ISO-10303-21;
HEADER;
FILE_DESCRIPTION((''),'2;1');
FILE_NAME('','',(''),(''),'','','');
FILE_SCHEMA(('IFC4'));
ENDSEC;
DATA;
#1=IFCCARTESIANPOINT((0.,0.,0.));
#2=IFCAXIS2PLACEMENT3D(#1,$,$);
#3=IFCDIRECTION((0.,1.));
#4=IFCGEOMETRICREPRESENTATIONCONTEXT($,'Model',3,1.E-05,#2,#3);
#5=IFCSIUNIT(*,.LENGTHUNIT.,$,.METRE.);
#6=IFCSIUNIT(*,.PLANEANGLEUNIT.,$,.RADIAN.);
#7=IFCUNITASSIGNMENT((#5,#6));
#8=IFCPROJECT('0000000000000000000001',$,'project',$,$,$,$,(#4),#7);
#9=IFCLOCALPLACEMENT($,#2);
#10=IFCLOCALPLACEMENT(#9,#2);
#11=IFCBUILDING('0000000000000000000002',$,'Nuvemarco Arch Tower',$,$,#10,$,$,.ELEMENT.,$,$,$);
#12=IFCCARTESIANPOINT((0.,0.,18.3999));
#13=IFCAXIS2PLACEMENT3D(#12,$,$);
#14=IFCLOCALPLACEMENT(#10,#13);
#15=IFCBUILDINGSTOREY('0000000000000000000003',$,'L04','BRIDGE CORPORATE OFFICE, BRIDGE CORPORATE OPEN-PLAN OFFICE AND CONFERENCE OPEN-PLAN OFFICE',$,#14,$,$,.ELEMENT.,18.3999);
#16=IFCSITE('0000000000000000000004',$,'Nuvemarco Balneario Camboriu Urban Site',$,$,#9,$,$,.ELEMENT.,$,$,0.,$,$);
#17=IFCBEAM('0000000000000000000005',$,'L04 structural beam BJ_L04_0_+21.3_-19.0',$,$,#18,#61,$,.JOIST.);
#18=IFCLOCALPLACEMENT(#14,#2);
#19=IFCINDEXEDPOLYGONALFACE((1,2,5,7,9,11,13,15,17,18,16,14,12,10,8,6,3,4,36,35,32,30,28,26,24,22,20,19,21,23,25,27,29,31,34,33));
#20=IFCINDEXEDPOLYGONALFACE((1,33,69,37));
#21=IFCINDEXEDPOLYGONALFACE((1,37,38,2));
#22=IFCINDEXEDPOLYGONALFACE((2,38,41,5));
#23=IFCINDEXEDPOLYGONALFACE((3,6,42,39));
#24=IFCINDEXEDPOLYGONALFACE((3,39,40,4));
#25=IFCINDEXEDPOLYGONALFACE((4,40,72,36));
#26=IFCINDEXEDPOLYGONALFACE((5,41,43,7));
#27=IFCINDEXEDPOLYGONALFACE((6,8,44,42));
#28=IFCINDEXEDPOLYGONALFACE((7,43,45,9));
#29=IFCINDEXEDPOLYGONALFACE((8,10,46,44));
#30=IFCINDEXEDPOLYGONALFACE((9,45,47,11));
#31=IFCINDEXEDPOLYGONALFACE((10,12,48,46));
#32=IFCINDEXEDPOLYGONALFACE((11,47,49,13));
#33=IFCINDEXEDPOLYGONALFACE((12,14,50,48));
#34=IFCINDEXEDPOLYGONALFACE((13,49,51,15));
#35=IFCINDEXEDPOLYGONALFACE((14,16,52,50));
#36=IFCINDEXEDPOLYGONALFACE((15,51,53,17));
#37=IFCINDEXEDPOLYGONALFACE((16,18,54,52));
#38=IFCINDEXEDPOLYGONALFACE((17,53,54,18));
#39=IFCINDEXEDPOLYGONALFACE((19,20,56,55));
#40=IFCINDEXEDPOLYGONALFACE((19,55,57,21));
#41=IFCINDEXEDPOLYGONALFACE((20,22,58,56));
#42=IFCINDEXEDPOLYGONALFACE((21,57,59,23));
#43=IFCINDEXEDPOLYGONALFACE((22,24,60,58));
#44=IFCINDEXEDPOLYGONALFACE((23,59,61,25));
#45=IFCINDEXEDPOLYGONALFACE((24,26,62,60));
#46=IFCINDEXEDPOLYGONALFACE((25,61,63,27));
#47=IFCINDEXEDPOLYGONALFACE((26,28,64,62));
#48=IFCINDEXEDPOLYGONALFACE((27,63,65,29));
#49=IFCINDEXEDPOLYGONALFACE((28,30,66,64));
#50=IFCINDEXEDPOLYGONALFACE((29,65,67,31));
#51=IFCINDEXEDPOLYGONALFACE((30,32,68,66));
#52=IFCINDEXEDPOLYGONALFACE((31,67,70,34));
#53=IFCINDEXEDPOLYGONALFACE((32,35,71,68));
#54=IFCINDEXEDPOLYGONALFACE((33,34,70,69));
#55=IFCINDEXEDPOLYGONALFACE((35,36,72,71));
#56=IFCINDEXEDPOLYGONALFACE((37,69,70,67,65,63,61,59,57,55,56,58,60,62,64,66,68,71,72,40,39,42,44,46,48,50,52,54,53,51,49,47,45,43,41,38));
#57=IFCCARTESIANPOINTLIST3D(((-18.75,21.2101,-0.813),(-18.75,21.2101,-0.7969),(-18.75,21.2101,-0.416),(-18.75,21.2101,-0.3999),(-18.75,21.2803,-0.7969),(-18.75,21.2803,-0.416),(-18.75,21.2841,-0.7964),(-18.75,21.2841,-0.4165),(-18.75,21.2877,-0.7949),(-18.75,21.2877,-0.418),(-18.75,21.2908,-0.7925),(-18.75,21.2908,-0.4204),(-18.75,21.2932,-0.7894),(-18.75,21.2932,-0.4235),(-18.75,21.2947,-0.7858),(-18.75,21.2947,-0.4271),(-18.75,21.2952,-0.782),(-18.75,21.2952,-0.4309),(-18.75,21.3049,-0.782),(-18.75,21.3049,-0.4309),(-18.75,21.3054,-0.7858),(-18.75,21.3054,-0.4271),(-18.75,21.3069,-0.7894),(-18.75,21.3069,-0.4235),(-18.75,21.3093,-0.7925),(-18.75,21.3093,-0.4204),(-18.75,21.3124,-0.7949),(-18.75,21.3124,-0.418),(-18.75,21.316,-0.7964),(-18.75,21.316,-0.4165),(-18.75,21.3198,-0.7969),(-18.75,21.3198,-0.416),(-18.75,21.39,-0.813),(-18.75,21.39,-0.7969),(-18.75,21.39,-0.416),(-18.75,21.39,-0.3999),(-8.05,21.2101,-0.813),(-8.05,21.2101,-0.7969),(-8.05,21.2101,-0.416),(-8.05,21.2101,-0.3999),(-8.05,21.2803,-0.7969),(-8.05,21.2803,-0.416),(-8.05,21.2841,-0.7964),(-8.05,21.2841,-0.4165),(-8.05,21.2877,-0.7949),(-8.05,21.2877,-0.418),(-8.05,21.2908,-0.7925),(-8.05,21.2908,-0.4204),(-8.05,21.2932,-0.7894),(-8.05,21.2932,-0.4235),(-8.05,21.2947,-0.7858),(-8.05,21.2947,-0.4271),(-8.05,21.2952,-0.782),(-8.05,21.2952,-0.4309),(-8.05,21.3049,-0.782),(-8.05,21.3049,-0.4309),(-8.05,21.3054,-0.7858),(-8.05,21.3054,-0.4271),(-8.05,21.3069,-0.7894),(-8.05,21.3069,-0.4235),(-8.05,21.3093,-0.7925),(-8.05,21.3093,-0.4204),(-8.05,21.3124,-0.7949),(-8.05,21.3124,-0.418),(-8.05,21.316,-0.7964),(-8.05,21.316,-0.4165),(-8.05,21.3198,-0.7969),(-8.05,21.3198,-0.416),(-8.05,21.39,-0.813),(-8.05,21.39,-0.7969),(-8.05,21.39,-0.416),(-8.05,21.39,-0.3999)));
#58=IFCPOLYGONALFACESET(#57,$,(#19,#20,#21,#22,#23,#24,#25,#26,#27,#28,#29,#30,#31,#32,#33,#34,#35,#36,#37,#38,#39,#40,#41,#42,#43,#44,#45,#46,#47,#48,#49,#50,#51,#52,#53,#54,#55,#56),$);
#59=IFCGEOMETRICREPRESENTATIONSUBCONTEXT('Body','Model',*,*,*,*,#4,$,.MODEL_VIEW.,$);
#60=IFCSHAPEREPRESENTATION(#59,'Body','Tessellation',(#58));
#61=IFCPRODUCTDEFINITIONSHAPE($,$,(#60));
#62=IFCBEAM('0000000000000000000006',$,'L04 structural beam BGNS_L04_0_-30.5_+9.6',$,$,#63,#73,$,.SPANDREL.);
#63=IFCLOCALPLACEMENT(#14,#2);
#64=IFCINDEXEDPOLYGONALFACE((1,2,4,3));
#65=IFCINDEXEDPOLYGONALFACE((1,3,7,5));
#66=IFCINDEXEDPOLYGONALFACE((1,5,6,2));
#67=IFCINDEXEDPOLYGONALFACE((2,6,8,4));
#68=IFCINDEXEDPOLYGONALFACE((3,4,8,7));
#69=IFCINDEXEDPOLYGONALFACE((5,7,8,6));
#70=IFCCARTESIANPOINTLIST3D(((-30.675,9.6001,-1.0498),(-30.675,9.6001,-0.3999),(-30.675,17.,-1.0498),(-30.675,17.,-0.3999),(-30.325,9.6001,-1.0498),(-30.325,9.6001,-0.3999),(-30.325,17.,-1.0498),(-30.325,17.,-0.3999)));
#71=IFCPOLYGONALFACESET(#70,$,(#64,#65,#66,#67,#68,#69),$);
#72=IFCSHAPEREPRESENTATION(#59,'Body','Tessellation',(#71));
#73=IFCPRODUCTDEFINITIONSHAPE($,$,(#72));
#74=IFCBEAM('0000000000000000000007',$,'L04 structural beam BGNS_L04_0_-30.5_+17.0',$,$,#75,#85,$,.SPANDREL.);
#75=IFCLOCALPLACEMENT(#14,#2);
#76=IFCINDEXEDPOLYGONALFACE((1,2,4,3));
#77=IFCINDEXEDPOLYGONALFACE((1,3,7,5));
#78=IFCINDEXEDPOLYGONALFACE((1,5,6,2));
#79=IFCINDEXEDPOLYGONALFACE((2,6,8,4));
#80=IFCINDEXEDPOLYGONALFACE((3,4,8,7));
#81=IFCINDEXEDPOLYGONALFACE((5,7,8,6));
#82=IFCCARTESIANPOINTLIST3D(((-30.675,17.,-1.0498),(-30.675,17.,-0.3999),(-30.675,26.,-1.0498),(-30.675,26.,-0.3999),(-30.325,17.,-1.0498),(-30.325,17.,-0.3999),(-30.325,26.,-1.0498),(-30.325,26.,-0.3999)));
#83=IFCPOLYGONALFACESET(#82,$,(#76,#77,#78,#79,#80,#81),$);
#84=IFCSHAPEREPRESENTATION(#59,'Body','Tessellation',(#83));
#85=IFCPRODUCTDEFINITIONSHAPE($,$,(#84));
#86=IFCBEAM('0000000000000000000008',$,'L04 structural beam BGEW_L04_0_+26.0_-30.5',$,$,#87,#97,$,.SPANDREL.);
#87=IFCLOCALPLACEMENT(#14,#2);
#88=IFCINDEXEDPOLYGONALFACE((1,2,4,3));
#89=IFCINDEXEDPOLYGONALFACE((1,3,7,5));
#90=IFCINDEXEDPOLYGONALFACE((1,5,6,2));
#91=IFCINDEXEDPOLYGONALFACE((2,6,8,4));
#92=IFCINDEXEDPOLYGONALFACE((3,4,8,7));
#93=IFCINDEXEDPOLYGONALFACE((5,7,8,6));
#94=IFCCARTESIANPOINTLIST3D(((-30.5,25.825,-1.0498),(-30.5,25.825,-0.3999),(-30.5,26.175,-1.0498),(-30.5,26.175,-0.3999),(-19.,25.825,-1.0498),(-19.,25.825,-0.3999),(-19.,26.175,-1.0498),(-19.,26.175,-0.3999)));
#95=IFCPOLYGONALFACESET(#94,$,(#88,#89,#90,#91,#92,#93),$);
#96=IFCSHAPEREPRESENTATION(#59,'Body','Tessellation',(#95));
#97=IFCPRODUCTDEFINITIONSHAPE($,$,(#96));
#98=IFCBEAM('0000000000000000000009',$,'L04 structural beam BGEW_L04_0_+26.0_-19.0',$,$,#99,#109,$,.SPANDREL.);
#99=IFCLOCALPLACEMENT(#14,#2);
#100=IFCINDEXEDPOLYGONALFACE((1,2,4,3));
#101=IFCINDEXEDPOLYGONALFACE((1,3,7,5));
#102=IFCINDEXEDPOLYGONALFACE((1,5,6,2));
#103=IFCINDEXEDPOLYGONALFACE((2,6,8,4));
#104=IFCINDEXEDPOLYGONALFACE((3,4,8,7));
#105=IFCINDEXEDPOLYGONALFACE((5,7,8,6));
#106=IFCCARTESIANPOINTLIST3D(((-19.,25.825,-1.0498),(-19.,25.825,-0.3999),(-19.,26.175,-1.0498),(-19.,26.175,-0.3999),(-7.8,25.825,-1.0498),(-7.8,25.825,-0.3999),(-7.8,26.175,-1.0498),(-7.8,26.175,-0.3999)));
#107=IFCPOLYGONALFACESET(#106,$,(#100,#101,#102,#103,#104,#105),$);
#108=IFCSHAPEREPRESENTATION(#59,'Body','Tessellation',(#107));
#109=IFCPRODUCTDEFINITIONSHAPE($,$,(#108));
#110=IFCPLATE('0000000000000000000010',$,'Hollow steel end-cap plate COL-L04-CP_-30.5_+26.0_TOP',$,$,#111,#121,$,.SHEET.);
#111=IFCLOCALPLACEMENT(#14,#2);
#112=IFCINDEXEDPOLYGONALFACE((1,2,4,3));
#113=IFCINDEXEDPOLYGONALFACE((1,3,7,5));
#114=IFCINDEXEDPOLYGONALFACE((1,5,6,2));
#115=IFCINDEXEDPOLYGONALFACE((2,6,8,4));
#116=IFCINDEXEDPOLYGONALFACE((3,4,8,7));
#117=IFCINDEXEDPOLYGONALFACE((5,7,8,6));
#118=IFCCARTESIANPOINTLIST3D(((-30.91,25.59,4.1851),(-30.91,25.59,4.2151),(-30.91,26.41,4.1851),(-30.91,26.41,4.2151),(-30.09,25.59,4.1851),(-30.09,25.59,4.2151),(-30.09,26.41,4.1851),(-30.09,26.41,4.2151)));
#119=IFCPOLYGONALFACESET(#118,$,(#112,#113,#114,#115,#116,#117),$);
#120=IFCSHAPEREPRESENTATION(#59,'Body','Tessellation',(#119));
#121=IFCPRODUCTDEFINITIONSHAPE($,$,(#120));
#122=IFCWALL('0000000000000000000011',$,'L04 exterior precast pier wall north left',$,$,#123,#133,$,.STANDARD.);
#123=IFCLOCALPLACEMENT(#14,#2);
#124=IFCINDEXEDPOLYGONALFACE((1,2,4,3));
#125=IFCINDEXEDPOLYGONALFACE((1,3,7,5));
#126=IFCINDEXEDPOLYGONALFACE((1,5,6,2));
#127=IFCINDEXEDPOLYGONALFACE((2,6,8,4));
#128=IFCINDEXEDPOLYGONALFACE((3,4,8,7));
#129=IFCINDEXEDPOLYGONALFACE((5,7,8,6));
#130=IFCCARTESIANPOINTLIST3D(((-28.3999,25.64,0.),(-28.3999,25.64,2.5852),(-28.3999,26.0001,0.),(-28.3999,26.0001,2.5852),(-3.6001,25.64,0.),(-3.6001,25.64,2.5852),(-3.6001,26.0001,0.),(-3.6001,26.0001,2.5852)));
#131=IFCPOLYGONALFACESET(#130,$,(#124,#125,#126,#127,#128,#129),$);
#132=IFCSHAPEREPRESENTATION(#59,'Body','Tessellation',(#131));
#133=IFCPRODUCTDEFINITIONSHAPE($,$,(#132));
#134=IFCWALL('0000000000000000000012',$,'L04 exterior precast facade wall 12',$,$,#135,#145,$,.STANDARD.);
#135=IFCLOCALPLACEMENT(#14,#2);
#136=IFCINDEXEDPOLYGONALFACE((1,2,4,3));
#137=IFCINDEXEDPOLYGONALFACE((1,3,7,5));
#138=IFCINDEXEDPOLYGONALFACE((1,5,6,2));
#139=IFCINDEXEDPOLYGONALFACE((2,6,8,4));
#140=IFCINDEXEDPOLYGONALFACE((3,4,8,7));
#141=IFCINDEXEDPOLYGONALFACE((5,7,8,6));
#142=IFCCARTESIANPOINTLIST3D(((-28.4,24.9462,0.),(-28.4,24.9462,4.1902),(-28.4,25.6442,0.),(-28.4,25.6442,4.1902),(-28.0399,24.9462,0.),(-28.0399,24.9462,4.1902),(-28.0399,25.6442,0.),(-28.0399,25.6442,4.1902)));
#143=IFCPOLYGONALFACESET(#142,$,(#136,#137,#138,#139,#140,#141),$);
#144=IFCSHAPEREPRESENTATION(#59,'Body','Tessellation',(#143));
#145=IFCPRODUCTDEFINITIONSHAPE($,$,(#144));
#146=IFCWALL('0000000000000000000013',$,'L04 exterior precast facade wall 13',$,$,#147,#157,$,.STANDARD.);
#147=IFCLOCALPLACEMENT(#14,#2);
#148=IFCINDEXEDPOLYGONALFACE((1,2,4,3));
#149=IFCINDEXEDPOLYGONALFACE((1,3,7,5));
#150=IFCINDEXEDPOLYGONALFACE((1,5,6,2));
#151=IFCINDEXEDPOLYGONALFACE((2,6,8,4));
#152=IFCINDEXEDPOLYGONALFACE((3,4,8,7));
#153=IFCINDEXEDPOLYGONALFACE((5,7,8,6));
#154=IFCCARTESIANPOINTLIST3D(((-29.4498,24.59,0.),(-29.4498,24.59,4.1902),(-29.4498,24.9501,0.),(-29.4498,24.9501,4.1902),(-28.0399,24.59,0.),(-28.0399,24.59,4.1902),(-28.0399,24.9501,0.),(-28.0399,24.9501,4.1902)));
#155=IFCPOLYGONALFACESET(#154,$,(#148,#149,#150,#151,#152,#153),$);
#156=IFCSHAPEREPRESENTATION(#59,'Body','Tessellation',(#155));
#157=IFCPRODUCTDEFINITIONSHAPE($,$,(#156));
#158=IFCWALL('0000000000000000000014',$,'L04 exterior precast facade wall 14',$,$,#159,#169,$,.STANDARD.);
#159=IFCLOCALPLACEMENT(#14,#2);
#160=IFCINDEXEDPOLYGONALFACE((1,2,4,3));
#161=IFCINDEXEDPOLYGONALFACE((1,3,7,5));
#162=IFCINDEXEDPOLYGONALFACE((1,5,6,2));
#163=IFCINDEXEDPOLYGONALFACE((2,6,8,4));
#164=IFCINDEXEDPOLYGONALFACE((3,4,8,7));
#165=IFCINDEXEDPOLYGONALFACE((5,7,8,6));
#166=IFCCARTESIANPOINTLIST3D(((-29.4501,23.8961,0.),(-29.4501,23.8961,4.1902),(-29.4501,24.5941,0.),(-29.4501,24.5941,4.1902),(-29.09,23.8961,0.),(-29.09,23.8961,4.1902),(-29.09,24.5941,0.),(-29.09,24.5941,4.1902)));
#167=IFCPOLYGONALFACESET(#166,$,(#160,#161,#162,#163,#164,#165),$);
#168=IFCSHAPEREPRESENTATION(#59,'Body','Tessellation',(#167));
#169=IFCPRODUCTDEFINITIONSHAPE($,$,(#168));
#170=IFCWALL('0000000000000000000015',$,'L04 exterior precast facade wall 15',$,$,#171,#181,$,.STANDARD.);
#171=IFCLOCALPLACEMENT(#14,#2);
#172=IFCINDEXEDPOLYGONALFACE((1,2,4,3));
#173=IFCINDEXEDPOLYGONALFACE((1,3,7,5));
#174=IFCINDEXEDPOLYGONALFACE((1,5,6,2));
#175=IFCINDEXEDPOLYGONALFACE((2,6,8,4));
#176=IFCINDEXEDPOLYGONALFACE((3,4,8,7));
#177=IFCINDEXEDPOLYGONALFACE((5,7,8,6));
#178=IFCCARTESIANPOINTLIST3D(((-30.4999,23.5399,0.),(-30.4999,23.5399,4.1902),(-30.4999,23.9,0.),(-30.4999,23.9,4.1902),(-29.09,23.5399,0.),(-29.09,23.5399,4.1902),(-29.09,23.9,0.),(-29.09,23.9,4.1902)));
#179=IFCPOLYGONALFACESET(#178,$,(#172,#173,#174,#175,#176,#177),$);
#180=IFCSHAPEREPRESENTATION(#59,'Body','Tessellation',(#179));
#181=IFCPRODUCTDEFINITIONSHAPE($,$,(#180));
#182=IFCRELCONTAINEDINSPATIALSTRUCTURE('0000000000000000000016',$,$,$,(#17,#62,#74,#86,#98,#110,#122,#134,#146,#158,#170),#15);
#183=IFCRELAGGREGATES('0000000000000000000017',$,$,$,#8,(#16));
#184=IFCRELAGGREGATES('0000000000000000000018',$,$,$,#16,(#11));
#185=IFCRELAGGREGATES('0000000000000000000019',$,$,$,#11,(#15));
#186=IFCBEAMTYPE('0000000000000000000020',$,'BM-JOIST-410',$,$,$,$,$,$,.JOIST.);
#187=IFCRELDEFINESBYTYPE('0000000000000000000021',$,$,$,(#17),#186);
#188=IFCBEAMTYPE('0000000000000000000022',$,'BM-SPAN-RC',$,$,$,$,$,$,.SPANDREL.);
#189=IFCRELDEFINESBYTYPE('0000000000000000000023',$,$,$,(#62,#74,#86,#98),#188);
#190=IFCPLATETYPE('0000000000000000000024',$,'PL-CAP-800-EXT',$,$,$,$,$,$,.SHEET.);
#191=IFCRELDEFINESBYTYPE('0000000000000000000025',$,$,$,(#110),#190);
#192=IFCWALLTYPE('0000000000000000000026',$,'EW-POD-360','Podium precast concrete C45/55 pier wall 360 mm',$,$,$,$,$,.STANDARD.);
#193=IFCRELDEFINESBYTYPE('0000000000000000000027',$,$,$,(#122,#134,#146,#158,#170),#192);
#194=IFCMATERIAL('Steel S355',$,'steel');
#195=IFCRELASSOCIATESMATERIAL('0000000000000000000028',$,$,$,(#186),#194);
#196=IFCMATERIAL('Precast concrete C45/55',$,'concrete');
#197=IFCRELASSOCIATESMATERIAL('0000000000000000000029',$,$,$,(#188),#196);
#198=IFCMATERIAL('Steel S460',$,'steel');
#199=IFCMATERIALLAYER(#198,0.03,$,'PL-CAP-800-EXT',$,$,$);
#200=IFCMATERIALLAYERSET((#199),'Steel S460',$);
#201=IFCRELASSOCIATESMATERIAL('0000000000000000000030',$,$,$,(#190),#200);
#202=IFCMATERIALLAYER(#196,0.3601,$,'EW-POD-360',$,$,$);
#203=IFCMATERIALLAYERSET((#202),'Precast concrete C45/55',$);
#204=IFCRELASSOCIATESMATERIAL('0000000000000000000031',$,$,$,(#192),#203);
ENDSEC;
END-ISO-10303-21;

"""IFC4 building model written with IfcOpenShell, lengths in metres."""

from ifc_helpers import new_model, si_unit, direction, frame, frame_2d, origin, origin_2d, place, context, subcontext, project, spatial, rectangle, i_section, extrude, source, transform, mapped, material, layer, layer_set, material_profile, profile_set, type_object, type_shapes, element, save


model = new_model("IFC4")

# Units and contexts
model_context = context("Model", 3, precision=1e-05, world=origin(), true_north=direction((0.0, 1.0)))
body_context = subcontext(model_context, "Body", "Model", "MODEL_VIEW")
ifc_project = project(units=[si_unit("LENGTHUNIT", "METRE"), si_unit("PLANEANGLEUNIT", "RADIAN")], contexts=[model_context])

# Site, building, storey
site_placement = place(None, origin())
site = spatial("IfcSite", under=ifc_project, at=site_placement, Name="Nuvemarco Balneario Camboriu Urban Site", CompositionType="ELEMENT", RefElevation=0.0)
building_placement = place(site_placement, origin())
building = spatial("IfcBuilding", under=site, at=building_placement, Name="Nuvemarco Arch Tower", CompositionType="ELEMENT")
storey_placement = place(building_placement, frame((0.0, 0.0, 18.3999)))
storey = spatial("IfcBuildingStorey", under=building, at=storey_placement, Name="L04", Description="BRIDGE CORPORATE OFFICE, BRIDGE CORPORATE OPEN-PLAN OFFICE AND CONFERENCE OPEN-PLAN OFFICE", CompositionType="ELEMENT", Elevation=18.3999)

# Shared definitions
ifc_material_1 = material(Name="Steel S460", Category="steel")

# Beams
ifc_material_2 = material(Name="Steel S355", Category="steel")
ifc_material_profile_1 = material_profile(ifc_material_2, i_section(OverallWidth=0.1799, OverallDepth=0.4131, WebThickness=0.0098, FlangeThickness=0.0161, FilletRadius=0.0149, at=origin_2d()), Name="W410x75")
ifc_profile_set_1 = profile_set([ifc_material_profile_1], Name="Steel S355")
beam_type_1 = type_object("IfcBeamType", Name="BM-JOIST-410", PredefinedType="JOIST", material=ifc_profile_set_1)
beam_1_placement = place(storey_placement, frame((-18.75, 21.3, -0.6064), z_axis=(1.0, 0.0, 0.0), x_axis=(0.0, 1.0, 0.0)))
element("IfcBeam", 1, at=beam_1_placement, inside=storey, type_object=beam_type_1, Name="L04 structural beam BJ_L04_0_+21.3_-19.0", PredefinedType="JOIST", context=body_context, shape_type="SweptSolid", body=[
    extrude(i_section(OverallWidth=0.1799, OverallDepth=0.4131, WebThickness=0.0098, FlangeThickness=0.0161, FilletRadius=0.0149, at=origin_2d()), origin(), (0.0, 0.0, 1.0), 10.7),
])
ifc_material_3 = material(Name="Precast concrete C45/55", Category="concrete")
ifc_material_profile_2 = material_profile(ifc_material_3, rectangle(XDim=0.3501, YDim=0.6499, at=origin_2d()), Name="PC-SP-350x650")
ifc_profile_set_2 = profile_set([ifc_material_profile_2], Name="Precast concrete C45/55")
beam_type_2 = type_object("IfcBeamType", Name="BM-SPAN-RC", PredefinedType="SPANDREL", material=ifc_profile_set_2)
beam_2_placement = place(storey_placement, frame((-30.5, 9.6001, -0.7249), z_axis=(0.0, 1.0, 0.0), x_axis=(-1.0, 0.0, 0.0)))
element("IfcBeam", 2, at=beam_2_placement, inside=storey, type_object=beam_type_2, Name="L04 structural beam BGNS_L04_0_-30.5_+9.6", PredefinedType="SPANDREL", context=body_context, shape_type="SweptSolid", body=[
    extrude(rectangle(XDim=0.3501, YDim=0.6499, at=origin_2d()), origin(), (0.0, 0.0, 1.0), 7.3999),
])
beam_3_placement = place(storey_placement, frame((-30.5, 17.0, -0.7249), z_axis=(0.0, 1.0, 0.0), x_axis=(-1.0, 0.0, 0.0)))
element("IfcBeam", 3, at=beam_3_placement, inside=storey, type_object=beam_type_2, Name="L04 structural beam BGNS_L04_0_-30.5_+17.0", PredefinedType="SPANDREL", context=body_context, shape_type="SweptSolid", body=[
    extrude(rectangle(XDim=0.3501, YDim=0.6499, at=origin_2d()), origin(), (0.0, 0.0, 1.0), 9.0),
])
beam_4_placement = place(storey_placement, frame((-30.5, 26.0, -0.7249), z_axis=(1.0, 0.0, 0.0), x_axis=(0.0, 1.0, 0.0)))
element("IfcBeam", 4, at=beam_4_placement, inside=storey, type_object=beam_type_2, Name="L04 structural beam BGEW_L04_0_+26.0_-30.5", PredefinedType="SPANDREL", context=body_context, shape_type="SweptSolid", body=[
    extrude(rectangle(XDim=0.3501, YDim=0.6499, at=origin_2d()), origin(), (0.0, 0.0, 1.0), 11.5),
])
beam_5_placement = place(storey_placement, frame((-19.0, 26.0, -0.7249), z_axis=(1.0, 0.0, 0.0), x_axis=(0.0, 1.0, 0.0)))
element("IfcBeam", 5, at=beam_5_placement, inside=storey, type_object=beam_type_2, Name="L04 structural beam BGEW_L04_0_+26.0_-19.0", PredefinedType="SPANDREL", context=body_context, shape_type="SweptSolid", body=[
    extrude(rectangle(XDim=0.3501, YDim=0.6499, at=origin_2d()), origin(), (0.0, 0.0, 1.0), 11.2),
])

# Plate
ifc_layer_1 = layer(ifc_material_1, 0.03, Name="PL-CAP-800-EXT")
ifc_layer_set_1 = layer_set([ifc_layer_1], Name="Steel S460")
plate_type = type_object("IfcPlateType", Name="PL-CAP-800-EXT", PredefinedType="SHEET", material=ifc_layer_set_1)
shared_shape_1 = source(origin(), body_context, "Body", "SweptSolid", [
    extrude(rectangle(XDim=0.8201, YDim=0.8201, at=origin_2d()), origin(), (0.0, 0.0, 1.0), 0.03),
])
type_shapes(plate_type, [shared_shape_1])
plate_placement = place(storey_placement, frame((-30.5, 26.0, 4.1851), z_axis=(0.0, 0.0, 1.0), x_axis=(1.0, 0.0, 0.0)))
element("IfcPlate", 6, at=plate_placement, inside=storey, type_object=plate_type, Name="Hollow steel end-cap plate COL-L04-CP_-30.5_+26.0_TOP", PredefinedType="SHEET", context=body_context, shape_type="MappedRepresentation", body=[
    mapped(shared_shape_1, transform((0.0, 0.0, 0.0), scale=1.0)),
])

# Walls
ifc_layer_2 = layer(ifc_material_3, 0.3601, Name="EW-POD-360")
ifc_layer_set_2 = layer_set([ifc_layer_2], Name="Precast concrete C45/55")
wall_type_1 = type_object("IfcWallType", Name="EW-POD-360", Description="Podium precast concrete C45/55 pier wall 360 mm", PredefinedType="STANDARD", material=ifc_layer_set_2)
wall_1_placement = place(storey_placement, frame((-28.3999, 25.8201, 0.0), z_axis=(0.0, 0.0, 1.0), x_axis=(1.0, 0.0, 0.0)))
element("IfcWall", 7, at=wall_1_placement, inside=storey, type_object=wall_type_1, Name="L04 exterior precast pier wall north left", PredefinedType="STANDARD", context=body_context, shape_type="SweptSolid", body=[
    extrude(rectangle(XDim=24.7998, YDim=0.3601, at=frame_2d((12.3999, 0.0))), origin(), (0.0, 0.0, 1.0), 2.5852),
])
wall_2_placement = place(storey_placement, frame((-28.22, 24.946, 0.0), z_axis=(0.0, 0.0, 1.0), x_axis=(0.0, 1.0, 0.0)))
element("IfcWall", 8, at=wall_2_placement, inside=storey, type_object=wall_type_1, Name="L04 exterior precast facade wall 12", PredefinedType="STANDARD", context=body_context, shape_type="SweptSolid", body=[
    extrude(rectangle(XDim=0.698, YDim=0.3601, at=frame_2d((0.3491, 0.0))), origin(), (0.0, 0.0, 1.0), 4.1902),
])
wall_3_placement = place(storey_placement, frame((-29.45, 24.77, 0.0), z_axis=(0.0, 0.0, 1.0), x_axis=(1.0, 0.0, 0.0)))
element("IfcWall", 9, at=wall_3_placement, inside=storey, type_object=wall_type_1, Name="L04 exterior precast facade wall 13", PredefinedType="STANDARD", context=body_context, shape_type="SweptSolid", body=[
    extrude(rectangle(XDim=1.4099, YDim=0.3601, at=frame_2d((0.7051, 0.0))), origin(), (0.0, 0.0, 1.0), 4.1902),
])
wall_4_placement = place(storey_placement, frame((-29.27, 23.896, 0.0), z_axis=(0.0, 0.0, 1.0), x_axis=(0.0, 1.0, 0.0)))
element("IfcWall", 10, at=wall_4_placement, inside=storey, type_object=wall_type_1, Name="L04 exterior precast facade wall 14", PredefinedType="STANDARD", context=body_context, shape_type="SweptSolid", body=[
    extrude(rectangle(XDim=0.698, YDim=0.3601, at=frame_2d((0.3491, 0.0))), origin(), (0.0, 0.0, 1.0), 4.1902),
])
wall_5_placement = place(storey_placement, frame((-30.5, 23.72, 0.0), z_axis=(0.0, 0.0, 1.0), x_axis=(1.0, 0.0, 0.0)))
element("IfcWall", 11, at=wall_5_placement, inside=storey, type_object=wall_type_1, Name="L04 exterior precast facade wall 15", PredefinedType="STANDARD", context=body_context, shape_type="SweptSolid", body=[
    extrude(rectangle(XDim=1.4099, YDim=0.3601, at=frame_2d((0.7051, 0.0))), origin(), (0.0, 0.0, 1.0), 4.1902),
])

save(model, "model.ifc")
